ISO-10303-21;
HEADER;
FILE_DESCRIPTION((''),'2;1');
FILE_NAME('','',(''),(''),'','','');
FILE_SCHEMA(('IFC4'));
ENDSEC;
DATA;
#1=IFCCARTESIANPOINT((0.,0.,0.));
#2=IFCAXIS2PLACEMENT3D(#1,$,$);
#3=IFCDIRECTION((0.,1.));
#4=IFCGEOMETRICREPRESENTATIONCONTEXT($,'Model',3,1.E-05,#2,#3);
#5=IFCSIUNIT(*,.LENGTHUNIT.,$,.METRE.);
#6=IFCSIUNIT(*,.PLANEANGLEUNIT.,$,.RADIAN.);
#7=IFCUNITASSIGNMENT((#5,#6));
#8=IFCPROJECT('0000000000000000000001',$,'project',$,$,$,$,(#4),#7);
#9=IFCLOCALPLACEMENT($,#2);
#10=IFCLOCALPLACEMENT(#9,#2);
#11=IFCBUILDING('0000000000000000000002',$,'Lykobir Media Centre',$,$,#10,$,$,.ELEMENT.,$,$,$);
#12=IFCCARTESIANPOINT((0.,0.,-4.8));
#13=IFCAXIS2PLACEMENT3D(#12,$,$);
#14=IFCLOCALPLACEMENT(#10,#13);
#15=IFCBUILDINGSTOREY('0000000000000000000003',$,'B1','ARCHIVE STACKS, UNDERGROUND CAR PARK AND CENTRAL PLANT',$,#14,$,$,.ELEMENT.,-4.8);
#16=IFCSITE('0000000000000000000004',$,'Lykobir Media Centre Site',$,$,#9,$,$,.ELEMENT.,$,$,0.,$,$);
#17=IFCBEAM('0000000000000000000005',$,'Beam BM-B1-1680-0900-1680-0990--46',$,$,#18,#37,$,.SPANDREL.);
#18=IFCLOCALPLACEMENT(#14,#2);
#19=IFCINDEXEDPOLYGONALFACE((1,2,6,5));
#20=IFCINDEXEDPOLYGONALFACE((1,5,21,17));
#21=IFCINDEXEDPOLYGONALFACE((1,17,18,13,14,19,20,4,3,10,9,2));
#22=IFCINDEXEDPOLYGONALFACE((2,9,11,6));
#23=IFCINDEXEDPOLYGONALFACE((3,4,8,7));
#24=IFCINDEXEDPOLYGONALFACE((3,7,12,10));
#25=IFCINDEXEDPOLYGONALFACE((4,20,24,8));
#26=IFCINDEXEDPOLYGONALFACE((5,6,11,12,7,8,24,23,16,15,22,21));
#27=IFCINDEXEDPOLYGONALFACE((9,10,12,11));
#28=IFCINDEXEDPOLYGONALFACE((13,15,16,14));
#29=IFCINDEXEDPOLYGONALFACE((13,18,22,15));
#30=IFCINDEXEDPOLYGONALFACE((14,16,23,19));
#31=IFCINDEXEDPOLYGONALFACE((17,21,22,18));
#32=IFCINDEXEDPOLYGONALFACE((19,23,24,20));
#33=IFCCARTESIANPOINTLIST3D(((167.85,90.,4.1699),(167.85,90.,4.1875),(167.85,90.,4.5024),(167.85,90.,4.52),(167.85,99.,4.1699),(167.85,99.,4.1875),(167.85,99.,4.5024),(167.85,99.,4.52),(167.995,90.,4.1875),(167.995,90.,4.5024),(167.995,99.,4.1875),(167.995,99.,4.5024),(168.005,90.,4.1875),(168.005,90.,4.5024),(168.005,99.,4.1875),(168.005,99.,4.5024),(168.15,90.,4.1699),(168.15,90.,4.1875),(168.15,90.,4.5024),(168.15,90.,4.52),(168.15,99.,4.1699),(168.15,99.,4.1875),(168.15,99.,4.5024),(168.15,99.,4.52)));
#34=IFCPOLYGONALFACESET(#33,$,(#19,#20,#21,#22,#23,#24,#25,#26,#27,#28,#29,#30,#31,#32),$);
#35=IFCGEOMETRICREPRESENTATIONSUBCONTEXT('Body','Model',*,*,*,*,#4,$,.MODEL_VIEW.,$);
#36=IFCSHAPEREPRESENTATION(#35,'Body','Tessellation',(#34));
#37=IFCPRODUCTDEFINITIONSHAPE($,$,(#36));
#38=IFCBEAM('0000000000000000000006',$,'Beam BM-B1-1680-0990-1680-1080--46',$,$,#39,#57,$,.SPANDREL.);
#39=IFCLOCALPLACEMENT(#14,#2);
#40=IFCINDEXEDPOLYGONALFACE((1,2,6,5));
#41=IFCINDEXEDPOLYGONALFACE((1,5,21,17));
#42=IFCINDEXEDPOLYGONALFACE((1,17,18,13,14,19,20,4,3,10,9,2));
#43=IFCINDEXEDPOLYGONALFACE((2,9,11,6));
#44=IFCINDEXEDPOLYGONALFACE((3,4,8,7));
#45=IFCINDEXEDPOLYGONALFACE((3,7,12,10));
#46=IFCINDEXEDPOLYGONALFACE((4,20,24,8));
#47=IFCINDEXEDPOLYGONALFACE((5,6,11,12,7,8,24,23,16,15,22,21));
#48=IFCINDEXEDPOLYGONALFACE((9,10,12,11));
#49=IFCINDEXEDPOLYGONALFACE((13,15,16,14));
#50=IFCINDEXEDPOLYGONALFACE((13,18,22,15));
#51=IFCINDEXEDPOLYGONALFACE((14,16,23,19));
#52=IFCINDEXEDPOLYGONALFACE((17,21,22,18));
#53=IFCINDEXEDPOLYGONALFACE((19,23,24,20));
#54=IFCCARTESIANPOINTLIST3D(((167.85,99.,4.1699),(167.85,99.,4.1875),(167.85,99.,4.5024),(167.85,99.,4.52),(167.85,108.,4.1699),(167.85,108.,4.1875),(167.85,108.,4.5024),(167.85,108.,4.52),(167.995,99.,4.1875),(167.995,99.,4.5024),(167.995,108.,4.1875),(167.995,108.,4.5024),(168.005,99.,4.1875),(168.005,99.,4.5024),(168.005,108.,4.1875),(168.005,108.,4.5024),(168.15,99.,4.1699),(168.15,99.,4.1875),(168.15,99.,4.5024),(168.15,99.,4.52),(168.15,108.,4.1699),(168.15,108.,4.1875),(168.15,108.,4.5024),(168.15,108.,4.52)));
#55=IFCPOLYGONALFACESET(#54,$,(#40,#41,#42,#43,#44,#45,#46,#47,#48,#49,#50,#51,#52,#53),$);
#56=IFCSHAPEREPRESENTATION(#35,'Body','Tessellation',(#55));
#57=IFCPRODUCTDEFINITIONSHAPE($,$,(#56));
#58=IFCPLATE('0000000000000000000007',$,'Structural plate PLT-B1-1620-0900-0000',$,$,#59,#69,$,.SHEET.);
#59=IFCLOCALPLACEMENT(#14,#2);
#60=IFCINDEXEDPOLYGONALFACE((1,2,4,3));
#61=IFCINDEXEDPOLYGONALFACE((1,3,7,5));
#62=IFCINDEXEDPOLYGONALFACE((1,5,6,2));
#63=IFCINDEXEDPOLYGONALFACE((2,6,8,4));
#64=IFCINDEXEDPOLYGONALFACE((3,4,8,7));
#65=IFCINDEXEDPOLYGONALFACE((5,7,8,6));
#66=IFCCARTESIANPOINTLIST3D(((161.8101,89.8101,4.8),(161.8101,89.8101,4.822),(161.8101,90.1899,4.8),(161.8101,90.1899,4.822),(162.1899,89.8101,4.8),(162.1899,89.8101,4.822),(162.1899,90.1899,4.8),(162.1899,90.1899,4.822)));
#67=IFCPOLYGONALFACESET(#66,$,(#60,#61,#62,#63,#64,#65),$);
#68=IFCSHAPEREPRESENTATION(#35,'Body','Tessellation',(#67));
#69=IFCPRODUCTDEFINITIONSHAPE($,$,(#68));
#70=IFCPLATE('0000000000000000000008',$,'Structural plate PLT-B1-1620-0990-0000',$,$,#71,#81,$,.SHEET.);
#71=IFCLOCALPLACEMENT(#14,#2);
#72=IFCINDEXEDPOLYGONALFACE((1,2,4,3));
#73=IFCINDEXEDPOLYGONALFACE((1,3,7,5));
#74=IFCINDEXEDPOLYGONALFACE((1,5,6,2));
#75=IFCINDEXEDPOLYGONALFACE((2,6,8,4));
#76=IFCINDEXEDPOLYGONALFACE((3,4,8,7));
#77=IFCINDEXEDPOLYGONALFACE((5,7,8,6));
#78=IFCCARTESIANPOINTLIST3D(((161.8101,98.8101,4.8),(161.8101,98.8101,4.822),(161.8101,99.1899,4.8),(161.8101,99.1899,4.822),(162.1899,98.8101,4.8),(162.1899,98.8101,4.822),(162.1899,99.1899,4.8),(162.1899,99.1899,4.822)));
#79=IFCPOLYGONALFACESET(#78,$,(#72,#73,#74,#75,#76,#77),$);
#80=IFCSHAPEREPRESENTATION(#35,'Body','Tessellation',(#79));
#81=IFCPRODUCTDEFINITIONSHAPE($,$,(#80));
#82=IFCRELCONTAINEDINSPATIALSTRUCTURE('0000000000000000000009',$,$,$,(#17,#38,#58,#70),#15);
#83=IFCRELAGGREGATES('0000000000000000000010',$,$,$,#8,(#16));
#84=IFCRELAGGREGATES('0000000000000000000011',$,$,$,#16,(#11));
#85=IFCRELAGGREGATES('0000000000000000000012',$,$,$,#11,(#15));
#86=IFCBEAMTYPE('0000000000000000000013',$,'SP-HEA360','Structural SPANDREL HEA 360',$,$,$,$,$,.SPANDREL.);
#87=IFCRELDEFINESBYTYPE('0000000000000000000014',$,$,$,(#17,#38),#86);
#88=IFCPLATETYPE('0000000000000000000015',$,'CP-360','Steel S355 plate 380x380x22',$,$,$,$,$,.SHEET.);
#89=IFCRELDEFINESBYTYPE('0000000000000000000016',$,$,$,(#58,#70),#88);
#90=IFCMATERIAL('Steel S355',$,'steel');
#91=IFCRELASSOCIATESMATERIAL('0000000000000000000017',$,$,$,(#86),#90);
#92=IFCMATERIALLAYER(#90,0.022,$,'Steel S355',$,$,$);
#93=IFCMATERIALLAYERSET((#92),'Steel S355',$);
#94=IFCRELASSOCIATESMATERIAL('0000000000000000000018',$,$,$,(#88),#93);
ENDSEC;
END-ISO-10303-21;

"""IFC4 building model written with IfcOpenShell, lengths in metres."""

from ifc_helpers import new_model, si_unit, direction, frame, origin, origin_2d, place, context, subcontext, project, spatial, rectangle, i_section, extrude, material, layer, layer_set, material_profile, profile_set, type_object, element, save


model = new_model("IFC4")

# Units and contexts
model_context = context("Model", 3, precision=1e-05, world=origin(), true_north=direction((0.0, 1.0)))
body_context = subcontext(model_context, "Body", "Model", "MODEL_VIEW")
ifc_project = project(units=[si_unit("LENGTHUNIT", "METRE"), si_unit("PLANEANGLEUNIT", "RADIAN")], contexts=[model_context])

# Site, building, storey
site_placement = place(None, origin())
site = spatial("IfcSite", under=ifc_project, at=site_placement, Name="Lykobir Media Centre Site", CompositionType="ELEMENT", RefElevation=0.0)
building_placement = place(site_placement, origin())
building = spatial("IfcBuilding", under=site, at=building_placement, Name="Lykobir Media Centre", CompositionType="ELEMENT")
storey_placement = place(building_placement, frame((0.0, 0.0, -4.8)))
storey = spatial("IfcBuildingStorey", under=building, at=storey_placement, Name="B1", Description="ARCHIVE STACKS, UNDERGROUND CAR PARK AND CENTRAL PLANT", CompositionType="ELEMENT", Elevation=-4.8)

# Shared definitions
ifc_material_1 = material(Name="Steel S355", Category="steel")

# Beams
ifc_material_profile_1 = material_profile(ifc_material_1, i_section(OverallWidth=0.3, OverallDepth=0.3501, WebThickness=0.01, FlangeThickness=0.0176, at=origin_2d()), Name="HEA 360")
ifc_profile_set_1 = profile_set([ifc_material_profile_1], Name="Steel S355")
beam_type_1 = type_object("IfcBeamType", Name="SP-HEA360", Description="Structural SPANDREL HEA 360", PredefinedType="SPANDREL", material=ifc_profile_set_1)
for number, where, z_axis, x_axis, name in (
    (1, (168.0, 90.0, 4.345), (0.0, 1.0, 0.0), (-1.0, 0.0, 0.0), "Beam BM-B1-1680-0900-1680-0990--46"),
    (2, (168.0, 99.0, 4.345), (0.0, 1.0, 0.0), (-1.0, 0.0, 0.0), "Beam BM-B1-1680-0990-1680-1080--46"),
):
    element("IfcBeam", number, at=place(storey_placement, frame(where, z_axis=z_axis, x_axis=x_axis)), inside=storey, type_object=beam_type_1, Name=name, PredefinedType="SPANDREL", context=body_context, shape_type="SweptSolid", body=[
        extrude(i_section(OverallWidth=0.3, OverallDepth=0.3501, WebThickness=0.01, FlangeThickness=0.0176, at=origin_2d()), origin(), (0.0, 0.0, 1.0), 9.0),
    ])

# Plates
ifc_layer = layer(ifc_material_1, 0.022, Name="Steel S355")
ifc_layer_set = layer_set([ifc_layer], Name="Steel S355")
plate_type = type_object("IfcPlateType", Name="CP-360", Description="Steel S355 plate 380x380x22", PredefinedType="SHEET", material=ifc_layer_set)
for number, where, z_axis, x_axis, name in (
    (3, (162.0, 90.0, 4.8), (0.0, 0.0, 1.0), (1.0, 0.0, 0.0), "Structural plate PLT-B1-1620-0900-0000"),
    (4, (162.0, 99.0, 4.8), (0.0, 0.0, 1.0), (1.0, 0.0, 0.0), "Structural plate PLT-B1-1620-0990-0000"),
):
    element("IfcPlate", number, at=place(storey_placement, frame(where, z_axis=z_axis, x_axis=x_axis)), inside=storey, type_object=plate_type, Name=name, PredefinedType="SHEET", context=body_context, shape_type="SweptSolid", body=[
        extrude(rectangle(XDim=0.3799, YDim=0.3799, at=origin_2d()), origin(), (0.0, 0.0, 1.0), 0.022),
    ])

save(model, "model.ifc")
